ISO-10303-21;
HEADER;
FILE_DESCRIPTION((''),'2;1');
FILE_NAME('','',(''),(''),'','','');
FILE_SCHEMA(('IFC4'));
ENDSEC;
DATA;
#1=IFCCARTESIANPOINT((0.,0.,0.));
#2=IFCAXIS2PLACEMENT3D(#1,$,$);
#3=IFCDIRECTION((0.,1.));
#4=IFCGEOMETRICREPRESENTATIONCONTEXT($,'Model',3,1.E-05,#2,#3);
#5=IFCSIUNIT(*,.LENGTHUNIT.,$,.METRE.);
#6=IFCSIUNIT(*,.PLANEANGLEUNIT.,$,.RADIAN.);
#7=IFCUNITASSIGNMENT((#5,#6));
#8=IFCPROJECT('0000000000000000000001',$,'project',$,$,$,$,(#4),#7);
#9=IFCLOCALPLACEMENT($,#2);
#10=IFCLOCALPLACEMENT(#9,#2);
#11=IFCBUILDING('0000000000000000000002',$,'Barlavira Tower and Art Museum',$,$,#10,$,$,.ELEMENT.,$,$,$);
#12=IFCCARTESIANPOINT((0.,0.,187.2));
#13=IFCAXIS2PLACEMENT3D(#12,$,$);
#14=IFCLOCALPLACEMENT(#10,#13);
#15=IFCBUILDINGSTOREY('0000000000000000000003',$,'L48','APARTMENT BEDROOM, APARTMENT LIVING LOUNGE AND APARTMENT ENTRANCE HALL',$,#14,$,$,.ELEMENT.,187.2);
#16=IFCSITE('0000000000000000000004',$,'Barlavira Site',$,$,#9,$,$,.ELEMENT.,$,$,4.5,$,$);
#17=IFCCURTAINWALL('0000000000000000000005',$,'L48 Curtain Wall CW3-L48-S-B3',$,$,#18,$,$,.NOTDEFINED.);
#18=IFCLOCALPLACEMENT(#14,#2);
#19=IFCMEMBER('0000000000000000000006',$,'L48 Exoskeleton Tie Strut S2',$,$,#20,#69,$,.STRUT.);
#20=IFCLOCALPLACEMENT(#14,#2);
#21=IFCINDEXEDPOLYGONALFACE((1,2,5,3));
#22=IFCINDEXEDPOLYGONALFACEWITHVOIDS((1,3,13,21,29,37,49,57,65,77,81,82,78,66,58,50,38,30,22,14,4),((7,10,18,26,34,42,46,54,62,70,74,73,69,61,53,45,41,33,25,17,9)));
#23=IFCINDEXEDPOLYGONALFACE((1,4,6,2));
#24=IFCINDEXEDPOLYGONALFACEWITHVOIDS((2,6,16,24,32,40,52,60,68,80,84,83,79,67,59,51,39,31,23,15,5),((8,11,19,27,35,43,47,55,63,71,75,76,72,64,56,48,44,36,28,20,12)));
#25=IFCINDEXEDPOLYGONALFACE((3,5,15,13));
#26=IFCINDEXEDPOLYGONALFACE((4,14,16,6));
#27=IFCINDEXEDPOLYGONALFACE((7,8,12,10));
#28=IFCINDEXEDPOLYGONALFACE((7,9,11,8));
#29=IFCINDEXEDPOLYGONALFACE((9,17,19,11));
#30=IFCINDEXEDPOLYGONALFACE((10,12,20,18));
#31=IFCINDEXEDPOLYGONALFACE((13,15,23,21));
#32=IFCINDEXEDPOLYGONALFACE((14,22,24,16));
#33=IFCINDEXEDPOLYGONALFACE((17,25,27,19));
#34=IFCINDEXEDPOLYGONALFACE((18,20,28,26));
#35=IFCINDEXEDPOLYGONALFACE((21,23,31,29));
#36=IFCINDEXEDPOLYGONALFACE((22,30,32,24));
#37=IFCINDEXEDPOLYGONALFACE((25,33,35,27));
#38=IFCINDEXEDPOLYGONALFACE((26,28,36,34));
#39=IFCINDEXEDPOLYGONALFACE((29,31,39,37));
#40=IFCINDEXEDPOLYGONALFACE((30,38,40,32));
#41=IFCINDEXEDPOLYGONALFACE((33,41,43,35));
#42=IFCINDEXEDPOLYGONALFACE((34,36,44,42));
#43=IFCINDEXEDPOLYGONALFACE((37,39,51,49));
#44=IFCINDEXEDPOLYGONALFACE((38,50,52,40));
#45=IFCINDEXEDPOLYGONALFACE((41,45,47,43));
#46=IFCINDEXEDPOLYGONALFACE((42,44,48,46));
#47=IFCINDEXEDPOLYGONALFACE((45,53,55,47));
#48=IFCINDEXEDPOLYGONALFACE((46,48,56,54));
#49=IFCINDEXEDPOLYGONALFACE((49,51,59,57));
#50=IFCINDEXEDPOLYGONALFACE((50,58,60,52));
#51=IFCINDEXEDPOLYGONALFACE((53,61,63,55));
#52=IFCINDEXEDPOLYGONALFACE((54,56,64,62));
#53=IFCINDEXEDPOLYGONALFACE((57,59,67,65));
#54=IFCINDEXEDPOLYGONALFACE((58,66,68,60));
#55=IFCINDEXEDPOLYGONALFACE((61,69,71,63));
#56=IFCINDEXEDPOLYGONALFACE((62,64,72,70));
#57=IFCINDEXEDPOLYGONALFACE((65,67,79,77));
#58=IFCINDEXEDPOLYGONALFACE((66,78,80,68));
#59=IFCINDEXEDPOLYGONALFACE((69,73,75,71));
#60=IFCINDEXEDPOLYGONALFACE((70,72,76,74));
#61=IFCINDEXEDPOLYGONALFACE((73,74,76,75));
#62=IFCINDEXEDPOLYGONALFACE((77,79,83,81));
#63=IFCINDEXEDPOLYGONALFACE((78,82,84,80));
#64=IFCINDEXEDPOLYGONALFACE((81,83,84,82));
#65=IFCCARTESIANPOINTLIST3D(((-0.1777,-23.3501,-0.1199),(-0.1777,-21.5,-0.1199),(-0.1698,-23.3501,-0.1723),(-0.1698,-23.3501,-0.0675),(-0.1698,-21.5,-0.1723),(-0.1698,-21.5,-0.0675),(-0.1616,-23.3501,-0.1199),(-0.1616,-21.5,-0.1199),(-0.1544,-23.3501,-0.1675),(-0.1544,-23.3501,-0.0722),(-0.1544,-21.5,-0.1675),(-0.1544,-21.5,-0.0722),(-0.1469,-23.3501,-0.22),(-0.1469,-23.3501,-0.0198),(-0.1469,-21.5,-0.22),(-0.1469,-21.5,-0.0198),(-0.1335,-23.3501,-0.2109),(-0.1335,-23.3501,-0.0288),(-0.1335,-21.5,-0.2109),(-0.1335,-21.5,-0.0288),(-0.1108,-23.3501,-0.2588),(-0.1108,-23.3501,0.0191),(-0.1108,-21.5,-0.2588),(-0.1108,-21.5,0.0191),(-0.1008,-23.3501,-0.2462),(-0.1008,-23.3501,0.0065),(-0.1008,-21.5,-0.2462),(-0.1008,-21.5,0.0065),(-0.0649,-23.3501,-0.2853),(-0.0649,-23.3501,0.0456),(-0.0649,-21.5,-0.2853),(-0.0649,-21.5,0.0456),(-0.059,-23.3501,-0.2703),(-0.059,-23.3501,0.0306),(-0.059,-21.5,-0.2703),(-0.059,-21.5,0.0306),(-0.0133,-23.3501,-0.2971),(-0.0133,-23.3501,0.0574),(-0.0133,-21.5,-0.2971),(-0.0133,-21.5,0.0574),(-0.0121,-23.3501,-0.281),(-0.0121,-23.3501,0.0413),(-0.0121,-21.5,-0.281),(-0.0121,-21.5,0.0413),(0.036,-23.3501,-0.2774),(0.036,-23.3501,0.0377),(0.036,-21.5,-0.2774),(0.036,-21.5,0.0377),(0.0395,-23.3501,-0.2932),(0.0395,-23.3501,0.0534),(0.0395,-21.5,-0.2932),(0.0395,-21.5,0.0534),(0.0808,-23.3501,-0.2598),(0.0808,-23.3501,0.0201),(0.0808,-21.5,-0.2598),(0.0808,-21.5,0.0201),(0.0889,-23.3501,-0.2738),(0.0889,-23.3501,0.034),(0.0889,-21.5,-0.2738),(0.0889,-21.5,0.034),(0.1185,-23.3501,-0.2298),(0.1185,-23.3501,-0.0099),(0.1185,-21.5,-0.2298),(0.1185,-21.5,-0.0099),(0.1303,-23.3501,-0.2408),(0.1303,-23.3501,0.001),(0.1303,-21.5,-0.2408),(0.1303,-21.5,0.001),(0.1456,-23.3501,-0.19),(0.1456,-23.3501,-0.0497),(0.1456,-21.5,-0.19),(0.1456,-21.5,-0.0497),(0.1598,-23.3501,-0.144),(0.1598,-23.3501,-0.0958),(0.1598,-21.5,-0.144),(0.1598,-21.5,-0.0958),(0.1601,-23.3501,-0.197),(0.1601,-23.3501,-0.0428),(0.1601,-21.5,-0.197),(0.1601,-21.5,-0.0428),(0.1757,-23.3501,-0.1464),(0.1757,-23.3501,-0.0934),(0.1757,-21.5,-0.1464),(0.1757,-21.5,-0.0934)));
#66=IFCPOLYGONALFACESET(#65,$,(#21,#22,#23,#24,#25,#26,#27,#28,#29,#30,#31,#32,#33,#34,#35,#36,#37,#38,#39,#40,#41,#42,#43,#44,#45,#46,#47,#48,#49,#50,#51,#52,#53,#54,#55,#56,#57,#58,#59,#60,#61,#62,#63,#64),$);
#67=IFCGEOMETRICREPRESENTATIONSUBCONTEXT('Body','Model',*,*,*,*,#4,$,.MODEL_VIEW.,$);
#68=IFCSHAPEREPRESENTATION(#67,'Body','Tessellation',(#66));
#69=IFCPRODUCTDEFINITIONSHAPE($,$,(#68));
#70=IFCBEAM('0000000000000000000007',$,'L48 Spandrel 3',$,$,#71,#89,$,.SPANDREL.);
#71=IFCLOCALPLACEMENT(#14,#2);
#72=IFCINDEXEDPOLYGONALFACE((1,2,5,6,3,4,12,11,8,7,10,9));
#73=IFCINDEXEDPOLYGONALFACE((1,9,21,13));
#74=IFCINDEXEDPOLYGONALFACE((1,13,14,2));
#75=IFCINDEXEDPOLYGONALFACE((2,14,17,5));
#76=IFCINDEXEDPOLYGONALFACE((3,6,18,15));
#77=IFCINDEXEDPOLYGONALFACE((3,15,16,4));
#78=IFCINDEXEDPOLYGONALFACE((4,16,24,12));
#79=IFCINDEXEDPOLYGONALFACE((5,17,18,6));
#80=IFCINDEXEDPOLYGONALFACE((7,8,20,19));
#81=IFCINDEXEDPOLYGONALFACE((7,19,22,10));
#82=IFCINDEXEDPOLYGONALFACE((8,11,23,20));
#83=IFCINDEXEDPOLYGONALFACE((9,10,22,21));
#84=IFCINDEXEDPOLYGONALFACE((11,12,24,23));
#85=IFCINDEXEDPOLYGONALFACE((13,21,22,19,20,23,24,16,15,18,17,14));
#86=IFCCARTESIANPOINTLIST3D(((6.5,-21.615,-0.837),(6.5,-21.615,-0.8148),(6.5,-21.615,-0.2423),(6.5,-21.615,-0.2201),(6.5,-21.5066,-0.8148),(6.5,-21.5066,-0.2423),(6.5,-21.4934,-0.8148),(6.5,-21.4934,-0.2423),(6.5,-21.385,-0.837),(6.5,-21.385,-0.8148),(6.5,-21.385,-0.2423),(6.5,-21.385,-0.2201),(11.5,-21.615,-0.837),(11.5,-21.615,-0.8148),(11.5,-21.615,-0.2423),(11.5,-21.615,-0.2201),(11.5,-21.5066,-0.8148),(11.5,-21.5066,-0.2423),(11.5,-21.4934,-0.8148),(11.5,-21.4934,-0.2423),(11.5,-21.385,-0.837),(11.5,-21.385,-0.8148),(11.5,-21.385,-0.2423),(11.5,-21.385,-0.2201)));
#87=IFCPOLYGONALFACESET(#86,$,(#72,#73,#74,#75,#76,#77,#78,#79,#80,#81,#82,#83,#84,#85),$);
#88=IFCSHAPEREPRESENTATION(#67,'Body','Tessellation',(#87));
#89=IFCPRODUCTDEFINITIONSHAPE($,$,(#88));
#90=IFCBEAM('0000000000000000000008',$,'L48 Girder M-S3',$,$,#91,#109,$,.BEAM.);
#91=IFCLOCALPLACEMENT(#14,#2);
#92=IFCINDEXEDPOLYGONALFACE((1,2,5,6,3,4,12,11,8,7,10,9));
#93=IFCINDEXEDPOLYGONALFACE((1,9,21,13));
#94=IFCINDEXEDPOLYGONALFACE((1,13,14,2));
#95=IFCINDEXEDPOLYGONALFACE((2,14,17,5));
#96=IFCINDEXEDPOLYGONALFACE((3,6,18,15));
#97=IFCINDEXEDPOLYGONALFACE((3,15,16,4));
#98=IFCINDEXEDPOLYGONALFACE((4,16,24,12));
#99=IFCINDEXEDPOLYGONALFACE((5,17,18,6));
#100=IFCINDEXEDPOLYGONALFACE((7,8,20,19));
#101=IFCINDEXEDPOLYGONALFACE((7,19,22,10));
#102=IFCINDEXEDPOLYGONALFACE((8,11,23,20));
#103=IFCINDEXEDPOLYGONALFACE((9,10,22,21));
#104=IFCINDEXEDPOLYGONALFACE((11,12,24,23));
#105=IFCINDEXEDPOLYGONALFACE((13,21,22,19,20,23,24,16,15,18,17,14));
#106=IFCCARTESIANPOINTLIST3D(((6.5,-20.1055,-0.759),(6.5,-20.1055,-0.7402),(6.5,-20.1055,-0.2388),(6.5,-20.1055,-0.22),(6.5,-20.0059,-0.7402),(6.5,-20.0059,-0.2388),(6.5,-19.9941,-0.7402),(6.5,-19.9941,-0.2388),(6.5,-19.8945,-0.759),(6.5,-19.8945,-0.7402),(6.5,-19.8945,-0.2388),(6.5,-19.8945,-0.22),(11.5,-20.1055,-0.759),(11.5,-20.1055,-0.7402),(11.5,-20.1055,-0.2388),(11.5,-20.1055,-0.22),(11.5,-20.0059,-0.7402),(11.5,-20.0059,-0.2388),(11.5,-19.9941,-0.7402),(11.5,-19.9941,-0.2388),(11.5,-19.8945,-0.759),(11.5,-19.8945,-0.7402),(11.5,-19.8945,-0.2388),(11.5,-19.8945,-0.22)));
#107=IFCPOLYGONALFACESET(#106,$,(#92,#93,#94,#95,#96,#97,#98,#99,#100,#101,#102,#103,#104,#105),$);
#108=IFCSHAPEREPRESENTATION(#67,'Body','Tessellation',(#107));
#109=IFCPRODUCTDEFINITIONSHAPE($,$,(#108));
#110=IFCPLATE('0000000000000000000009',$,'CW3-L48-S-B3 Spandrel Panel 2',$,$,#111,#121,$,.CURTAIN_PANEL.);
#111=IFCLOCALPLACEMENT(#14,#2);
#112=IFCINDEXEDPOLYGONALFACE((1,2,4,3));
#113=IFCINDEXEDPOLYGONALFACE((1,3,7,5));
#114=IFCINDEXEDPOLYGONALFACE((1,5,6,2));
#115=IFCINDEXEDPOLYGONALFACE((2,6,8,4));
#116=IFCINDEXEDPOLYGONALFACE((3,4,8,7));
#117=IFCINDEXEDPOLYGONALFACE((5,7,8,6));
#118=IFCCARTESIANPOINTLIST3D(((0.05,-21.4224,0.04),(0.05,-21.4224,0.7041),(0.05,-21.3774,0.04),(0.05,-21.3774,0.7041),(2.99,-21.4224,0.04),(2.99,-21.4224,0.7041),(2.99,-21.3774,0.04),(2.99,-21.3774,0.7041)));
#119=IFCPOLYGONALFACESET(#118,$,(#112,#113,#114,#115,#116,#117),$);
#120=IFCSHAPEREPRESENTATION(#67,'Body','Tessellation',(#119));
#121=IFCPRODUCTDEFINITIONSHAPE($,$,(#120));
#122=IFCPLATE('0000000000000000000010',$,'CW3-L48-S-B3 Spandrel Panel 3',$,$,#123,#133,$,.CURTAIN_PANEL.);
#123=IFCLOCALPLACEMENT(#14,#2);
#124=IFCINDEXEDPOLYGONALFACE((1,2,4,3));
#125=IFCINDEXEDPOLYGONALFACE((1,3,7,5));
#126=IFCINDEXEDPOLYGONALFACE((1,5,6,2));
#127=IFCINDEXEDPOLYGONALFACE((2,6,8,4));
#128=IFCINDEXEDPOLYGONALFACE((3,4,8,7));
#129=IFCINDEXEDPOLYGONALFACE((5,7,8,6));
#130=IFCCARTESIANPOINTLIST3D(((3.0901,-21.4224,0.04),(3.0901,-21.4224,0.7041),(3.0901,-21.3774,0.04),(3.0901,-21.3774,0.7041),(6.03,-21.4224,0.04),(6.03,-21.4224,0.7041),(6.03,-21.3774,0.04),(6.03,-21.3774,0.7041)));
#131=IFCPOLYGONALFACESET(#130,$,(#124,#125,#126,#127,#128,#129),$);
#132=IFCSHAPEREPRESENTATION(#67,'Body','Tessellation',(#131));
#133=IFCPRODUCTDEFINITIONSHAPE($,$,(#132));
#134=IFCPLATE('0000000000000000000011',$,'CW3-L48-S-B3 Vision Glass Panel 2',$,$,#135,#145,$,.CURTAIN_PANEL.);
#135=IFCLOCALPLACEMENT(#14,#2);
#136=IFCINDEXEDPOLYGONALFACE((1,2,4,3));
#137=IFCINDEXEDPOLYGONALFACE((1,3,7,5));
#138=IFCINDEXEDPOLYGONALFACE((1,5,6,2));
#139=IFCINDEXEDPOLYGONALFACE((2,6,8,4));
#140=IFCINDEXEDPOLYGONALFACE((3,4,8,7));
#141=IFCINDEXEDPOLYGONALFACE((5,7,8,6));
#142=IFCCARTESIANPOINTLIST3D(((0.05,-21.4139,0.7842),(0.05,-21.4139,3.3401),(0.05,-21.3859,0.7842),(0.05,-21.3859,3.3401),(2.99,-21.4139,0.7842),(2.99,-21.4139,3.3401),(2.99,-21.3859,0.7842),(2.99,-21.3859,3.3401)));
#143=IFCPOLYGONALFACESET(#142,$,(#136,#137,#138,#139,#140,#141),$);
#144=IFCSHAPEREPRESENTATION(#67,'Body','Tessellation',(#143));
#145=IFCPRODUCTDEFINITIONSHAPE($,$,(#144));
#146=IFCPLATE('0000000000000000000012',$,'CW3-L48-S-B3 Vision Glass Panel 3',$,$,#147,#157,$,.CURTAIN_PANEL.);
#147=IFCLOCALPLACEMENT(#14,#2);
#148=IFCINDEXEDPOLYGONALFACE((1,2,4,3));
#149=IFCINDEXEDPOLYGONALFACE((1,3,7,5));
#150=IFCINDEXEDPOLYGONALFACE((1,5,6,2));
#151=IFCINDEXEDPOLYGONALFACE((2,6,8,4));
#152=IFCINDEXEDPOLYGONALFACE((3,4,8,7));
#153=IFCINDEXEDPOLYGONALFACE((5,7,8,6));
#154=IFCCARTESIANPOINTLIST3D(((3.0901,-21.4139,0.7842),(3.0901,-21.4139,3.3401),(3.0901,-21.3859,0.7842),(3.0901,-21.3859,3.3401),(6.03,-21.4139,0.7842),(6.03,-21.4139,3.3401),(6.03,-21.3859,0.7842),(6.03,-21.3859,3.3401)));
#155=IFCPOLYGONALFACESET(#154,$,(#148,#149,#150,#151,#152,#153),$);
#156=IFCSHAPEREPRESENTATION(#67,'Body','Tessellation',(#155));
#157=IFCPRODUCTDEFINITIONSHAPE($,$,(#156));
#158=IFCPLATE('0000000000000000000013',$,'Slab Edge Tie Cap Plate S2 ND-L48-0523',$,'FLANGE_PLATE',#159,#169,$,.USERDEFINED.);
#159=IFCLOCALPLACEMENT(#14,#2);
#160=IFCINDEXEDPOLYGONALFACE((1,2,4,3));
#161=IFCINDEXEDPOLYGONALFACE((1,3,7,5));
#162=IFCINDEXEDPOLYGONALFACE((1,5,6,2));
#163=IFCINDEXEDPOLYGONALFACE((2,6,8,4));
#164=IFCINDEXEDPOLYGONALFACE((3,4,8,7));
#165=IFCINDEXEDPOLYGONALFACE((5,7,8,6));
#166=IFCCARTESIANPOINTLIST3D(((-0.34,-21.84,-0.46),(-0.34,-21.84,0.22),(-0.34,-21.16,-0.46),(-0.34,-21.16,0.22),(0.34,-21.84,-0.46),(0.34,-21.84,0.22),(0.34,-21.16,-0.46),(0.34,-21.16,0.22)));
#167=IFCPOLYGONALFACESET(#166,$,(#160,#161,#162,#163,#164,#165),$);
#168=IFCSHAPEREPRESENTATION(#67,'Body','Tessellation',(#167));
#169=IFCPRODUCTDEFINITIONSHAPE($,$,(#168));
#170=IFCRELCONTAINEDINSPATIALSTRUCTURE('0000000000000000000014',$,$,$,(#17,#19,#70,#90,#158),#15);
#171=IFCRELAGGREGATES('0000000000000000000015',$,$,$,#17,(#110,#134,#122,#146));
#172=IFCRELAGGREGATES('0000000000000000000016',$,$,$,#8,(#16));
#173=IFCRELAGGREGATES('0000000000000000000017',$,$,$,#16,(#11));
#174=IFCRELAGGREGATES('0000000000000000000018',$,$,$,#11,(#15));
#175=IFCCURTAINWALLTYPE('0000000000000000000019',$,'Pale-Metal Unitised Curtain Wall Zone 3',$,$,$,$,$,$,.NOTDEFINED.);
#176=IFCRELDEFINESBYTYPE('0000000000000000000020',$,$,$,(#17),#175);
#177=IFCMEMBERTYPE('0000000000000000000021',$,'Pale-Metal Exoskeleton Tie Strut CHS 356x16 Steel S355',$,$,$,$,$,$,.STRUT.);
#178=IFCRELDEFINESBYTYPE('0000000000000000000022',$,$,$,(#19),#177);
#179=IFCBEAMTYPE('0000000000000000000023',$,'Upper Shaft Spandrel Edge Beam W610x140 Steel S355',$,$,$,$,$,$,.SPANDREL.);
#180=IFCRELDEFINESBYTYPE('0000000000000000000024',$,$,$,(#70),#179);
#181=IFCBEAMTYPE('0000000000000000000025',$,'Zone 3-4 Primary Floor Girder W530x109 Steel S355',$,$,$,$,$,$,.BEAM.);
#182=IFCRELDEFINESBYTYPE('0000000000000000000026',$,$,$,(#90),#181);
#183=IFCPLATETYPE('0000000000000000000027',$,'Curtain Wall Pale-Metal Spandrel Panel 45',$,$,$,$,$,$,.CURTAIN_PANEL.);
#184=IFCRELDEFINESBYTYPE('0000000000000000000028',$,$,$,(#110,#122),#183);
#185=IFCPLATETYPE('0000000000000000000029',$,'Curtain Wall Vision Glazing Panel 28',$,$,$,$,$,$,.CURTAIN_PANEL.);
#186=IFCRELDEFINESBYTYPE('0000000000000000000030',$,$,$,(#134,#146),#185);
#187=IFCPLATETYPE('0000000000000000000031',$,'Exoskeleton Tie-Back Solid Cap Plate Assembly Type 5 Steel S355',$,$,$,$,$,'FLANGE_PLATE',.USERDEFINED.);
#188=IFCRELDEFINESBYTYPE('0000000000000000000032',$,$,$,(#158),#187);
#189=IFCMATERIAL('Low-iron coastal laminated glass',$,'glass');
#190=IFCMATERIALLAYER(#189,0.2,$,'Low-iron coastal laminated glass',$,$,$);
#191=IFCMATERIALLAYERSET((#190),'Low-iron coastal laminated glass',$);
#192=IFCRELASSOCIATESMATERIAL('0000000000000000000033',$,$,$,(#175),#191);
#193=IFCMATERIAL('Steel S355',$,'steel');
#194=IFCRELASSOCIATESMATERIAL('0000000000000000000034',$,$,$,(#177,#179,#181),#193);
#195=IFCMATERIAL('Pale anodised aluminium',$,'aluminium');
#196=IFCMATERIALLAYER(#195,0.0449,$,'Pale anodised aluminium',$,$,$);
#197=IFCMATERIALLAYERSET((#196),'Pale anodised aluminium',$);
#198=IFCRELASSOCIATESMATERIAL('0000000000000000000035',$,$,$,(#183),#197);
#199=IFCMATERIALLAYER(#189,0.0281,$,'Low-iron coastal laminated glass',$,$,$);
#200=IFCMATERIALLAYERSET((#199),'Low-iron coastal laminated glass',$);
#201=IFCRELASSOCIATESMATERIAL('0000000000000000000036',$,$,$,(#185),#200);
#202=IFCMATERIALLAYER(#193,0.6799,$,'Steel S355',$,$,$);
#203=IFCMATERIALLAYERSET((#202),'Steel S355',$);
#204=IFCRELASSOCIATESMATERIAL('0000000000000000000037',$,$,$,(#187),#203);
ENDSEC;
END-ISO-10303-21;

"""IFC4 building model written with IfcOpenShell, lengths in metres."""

from ifc_helpers import new_model, si_unit, direction, frame, origin, origin_2d, place, context, subcontext, project, spatial, rectangle, hollow_circle, i_section, extrude, material, layer, layer_set, material_profile, profile_set, type_object, element, aggregate, save


model = new_model("IFC4")

# Units and contexts
model_context = context("Model", 3, precision=1e-05, world=origin(), true_north=direction((0.0, 1.0)))
body_context = subcontext(model_context, "Body", "Model", "MODEL_VIEW")
ifc_project = project(units=[si_unit("LENGTHUNIT", "METRE"), si_unit("PLANEANGLEUNIT", "RADIAN")], contexts=[model_context])

# Site, building, storey
site_placement = place(None, origin())
site = spatial("IfcSite", under=ifc_project, at=site_placement, Name="Barlavira Site", CompositionType="ELEMENT", RefElevation=4.5)
building_placement = place(site_placement, origin())
building = spatial("IfcBuilding", under=site, at=building_placement, Name="Barlavira Tower and Art Museum", CompositionType="ELEMENT")
storey_placement = place(building_placement, frame((0.0, 0.0, 187.2)))
storey = spatial("IfcBuildingStorey", under=building, at=storey_placement, Name="L48", Description="APARTMENT BEDROOM, APARTMENT LIVING LOUNGE AND APARTMENT ENTRANCE HALL", CompositionType="ELEMENT", Elevation=187.2)

# Curtain wall
ifc_material_1 = material(Name="Low-iron coastal laminated glass", Category="glass")
ifc_layer_1 = layer(ifc_material_1, 0.2, Name="Low-iron coastal laminated glass")
ifc_layer_set_1 = layer_set([ifc_layer_1], Name="Low-iron coastal laminated glass")
curtain_wall_type = type_object("IfcCurtainWallType", Name="Pale-Metal Unitised Curtain Wall Zone 3", PredefinedType="NOTDEFINED", material=ifc_layer_set_1)
curtain_wall_placement = place(storey_placement, origin())
curtain_wall = element("IfcCurtainWall", 1, at=curtain_wall_placement, inside=storey, type_object=curtain_wall_type, Name="L48 Curtain Wall CW3-L48-S-B3", PredefinedType="NOTDEFINED")
ifc_material_2 = material(Name="Pale anodised aluminium", Category="aluminium")

# Member
ifc_material_3 = material(Name="Steel S355", Category="steel")
ifc_material_profile_1 = material_profile(ifc_material_3, hollow_circle(Radius=0.1777, WallThickness=0.0161, at=origin_2d()), Name="CHS 355.6x16.0")
ifc_profile_set_1 = profile_set([ifc_material_profile_1], Name="Steel S355")
member_type_1 = type_object("IfcMemberType", Name="Pale-Metal Exoskeleton Tie Strut CHS 356x16 Steel S355", PredefinedType="STRUT", material=ifc_profile_set_1)
member_1_placement = place(storey_placement, frame((0.0, -23.3501, -0.1199), z_axis=(0.0, 1.0, 0.0), x_axis=(-1.0, 0.0, 0.0)))
element("IfcMember", 2, at=member_1_placement, inside=storey, type_object=member_type_1, Name="L48 Exoskeleton Tie Strut S2", PredefinedType="STRUT", context=body_context, shape_type="SweptSolid", body=[
    extrude(hollow_circle(Radius=0.1777, WallThickness=0.0161, at=origin_2d()), origin(), (0.0, 0.0, 1.0), 1.8501),
])

# Beams
ifc_material_profile_2 = material_profile(ifc_material_3, i_section(OverallWidth=0.23, OverallDepth=0.6169, WebThickness=0.0132, FlangeThickness=0.0222, at=origin_2d()), Name="W610x140.0")
ifc_profile_set_2 = profile_set([ifc_material_profile_2], Name="Steel S355")
beam_type_1 = type_object("IfcBeamType", Name="Upper Shaft Spandrel Edge Beam W610x140 Steel S355", PredefinedType="SPANDREL", material=ifc_profile_set_2)
beam_1_placement = place(storey_placement, frame((6.5, -21.5, -0.5286), z_axis=(1.0, 0.0, 0.0), x_axis=(0.0, 1.0, 0.0)))
element("IfcBeam", 3, at=beam_1_placement, inside=storey, type_object=beam_type_1, Name="L48 Spandrel 3", PredefinedType="SPANDREL", context=body_context, shape_type="SweptSolid", body=[
    extrude(i_section(OverallWidth=0.23, OverallDepth=0.6169, WebThickness=0.0132, FlangeThickness=0.0222, at=origin_2d()), origin(), (0.0, 0.0, 1.0), 5.0),
])
ifc_material_profile_3 = material_profile(ifc_material_3, i_section(OverallWidth=0.2109, OverallDepth=0.5391, WebThickness=0.0117, FlangeThickness=0.0188, at=origin_2d()), Name="W530x109.0")
ifc_profile_set_3 = profile_set([ifc_material_profile_3], Name="Steel S355")
beam_type_2 = type_object("IfcBeamType", Name="Zone 3-4 Primary Floor Girder W530x109 Steel S355", PredefinedType="BEAM", material=ifc_profile_set_3)
beam_2_placement = place(storey_placement, frame((6.5, -20.0, -0.4895), z_axis=(1.0, 0.0, 0.0), x_axis=(0.0, 1.0, 0.0)))
element("IfcBeam", 4, at=beam_2_placement, inside=storey, type_object=beam_type_2, Name="L48 Girder M-S3", PredefinedType="BEAM", context=body_context, shape_type="SweptSolid", body=[
    extrude(i_section(OverallWidth=0.2109, OverallDepth=0.5391, WebThickness=0.0117, FlangeThickness=0.0188, at=origin_2d()), origin(), (0.0, 0.0, 1.0), 5.0),
])

# Plates
ifc_layer_2 = layer(ifc_material_2, 0.0449, Name="Pale anodised aluminium")
ifc_layer_set_2 = layer_set([ifc_layer_2], Name="Pale anodised aluminium")
plate_type_1 = type_object("IfcPlateType", Name="Curtain Wall Pale-Metal Spandrel Panel 45", PredefinedType="CURTAIN_PANEL", material=ifc_layer_set_2)
plate_1_placement = place(storey_placement, frame((1.52, -21.3999, 0.04), z_axis=(0.0, 0.0, 1.0), x_axis=(1.0, 0.0, 0.0)))
plate_1 = element("IfcPlate", 5, at=plate_1_placement, type_object=plate_type_1, Name="CW3-L48-S-B3 Spandrel Panel 2", PredefinedType="CURTAIN_PANEL", context=body_context, shape_type="SweptSolid", body=[
    extrude(rectangle(XDim=2.9399, YDim=0.0449, at=origin_2d()), origin(), (0.0, 0.0, 1.0), 0.6641),
])
plate_2_placement = place(storey_placement, frame((4.5601, -21.3999, 0.04), z_axis=(0.0, 0.0, 1.0), x_axis=(1.0, 0.0, 0.0)))
plate_2 = element("IfcPlate", 6, at=plate_2_placement, type_object=plate_type_1, Name="CW3-L48-S-B3 Spandrel Panel 3", PredefinedType="CURTAIN_PANEL", context=body_context, shape_type="SweptSolid", body=[
    extrude(rectangle(XDim=2.9399, YDim=0.0449, at=origin_2d()), origin(), (0.0, 0.0, 1.0), 0.6641),
])
ifc_layer_3 = layer(ifc_material_1, 0.0281, Name="Low-iron coastal laminated glass")
ifc_layer_set_3 = layer_set([ifc_layer_3], Name="Low-iron coastal laminated glass")
plate_type_2 = type_object("IfcPlateType", Name="Curtain Wall Vision Glazing Panel 28", PredefinedType="CURTAIN_PANEL", material=ifc_layer_set_3)
plate_3_placement = place(storey_placement, frame((1.52, -21.3999, 0.7842), z_axis=(0.0, 0.0, 1.0), x_axis=(1.0, 0.0, 0.0)))
plate_3 = element("IfcPlate", 7, at=plate_3_placement, type_object=plate_type_2, Name="CW3-L48-S-B3 Vision Glass Panel 2", PredefinedType="CURTAIN_PANEL", context=body_context, shape_type="SweptSolid", body=[
    extrude(rectangle(XDim=2.9399, YDim=0.0281, at=origin_2d()), origin(), (0.0, 0.0, 1.0), 2.5559),
])
plate_4_placement = place(storey_placement, frame((4.5601, -21.3999, 0.7842), z_axis=(0.0, 0.0, 1.0), x_axis=(1.0, 0.0, 0.0)))
plate_4 = element("IfcPlate", 8, at=plate_4_placement, type_object=plate_type_2, Name="CW3-L48-S-B3 Vision Glass Panel 3", PredefinedType="CURTAIN_PANEL", context=body_context, shape_type="SweptSolid", body=[
    extrude(rectangle(XDim=2.9399, YDim=0.0281, at=origin_2d()), origin(), (0.0, 0.0, 1.0), 2.5559),
])
aggregate(curtain_wall, [plate_1, plate_3, plate_2, plate_4])
ifc_layer_4 = layer(ifc_material_3, 0.6799, Name="Steel S355")
ifc_layer_set_4 = layer_set([ifc_layer_4], Name="Steel S355")
plate_type_3 = type_object("IfcPlateType", Name="Exoskeleton Tie-Back Solid Cap Plate Assembly Type 5 Steel S355", ElementType="FLANGE_PLATE", PredefinedType="USERDEFINED", material=ifc_layer_set_4)
plate_5_placement = place(storey_placement, frame((0.0, -21.5, -0.46), z_axis=(0.0, 0.0, 1.0), x_axis=(1.0, 0.0, 0.0)))
element("IfcPlate", 9, at=plate_5_placement, inside=storey, type_object=plate_type_3, Name="Slab Edge Tie Cap Plate S2 ND-L48-0523", ObjectType="FLANGE_PLATE", PredefinedType="USERDEFINED", context=body_context, shape_type="SweptSolid", body=[
    extrude(rectangle(XDim=0.6799, YDim=0.6799, at=origin_2d()), origin(), (0.0, 0.0, 1.0), 0.6799),
])

save(model, "model.ifc")
